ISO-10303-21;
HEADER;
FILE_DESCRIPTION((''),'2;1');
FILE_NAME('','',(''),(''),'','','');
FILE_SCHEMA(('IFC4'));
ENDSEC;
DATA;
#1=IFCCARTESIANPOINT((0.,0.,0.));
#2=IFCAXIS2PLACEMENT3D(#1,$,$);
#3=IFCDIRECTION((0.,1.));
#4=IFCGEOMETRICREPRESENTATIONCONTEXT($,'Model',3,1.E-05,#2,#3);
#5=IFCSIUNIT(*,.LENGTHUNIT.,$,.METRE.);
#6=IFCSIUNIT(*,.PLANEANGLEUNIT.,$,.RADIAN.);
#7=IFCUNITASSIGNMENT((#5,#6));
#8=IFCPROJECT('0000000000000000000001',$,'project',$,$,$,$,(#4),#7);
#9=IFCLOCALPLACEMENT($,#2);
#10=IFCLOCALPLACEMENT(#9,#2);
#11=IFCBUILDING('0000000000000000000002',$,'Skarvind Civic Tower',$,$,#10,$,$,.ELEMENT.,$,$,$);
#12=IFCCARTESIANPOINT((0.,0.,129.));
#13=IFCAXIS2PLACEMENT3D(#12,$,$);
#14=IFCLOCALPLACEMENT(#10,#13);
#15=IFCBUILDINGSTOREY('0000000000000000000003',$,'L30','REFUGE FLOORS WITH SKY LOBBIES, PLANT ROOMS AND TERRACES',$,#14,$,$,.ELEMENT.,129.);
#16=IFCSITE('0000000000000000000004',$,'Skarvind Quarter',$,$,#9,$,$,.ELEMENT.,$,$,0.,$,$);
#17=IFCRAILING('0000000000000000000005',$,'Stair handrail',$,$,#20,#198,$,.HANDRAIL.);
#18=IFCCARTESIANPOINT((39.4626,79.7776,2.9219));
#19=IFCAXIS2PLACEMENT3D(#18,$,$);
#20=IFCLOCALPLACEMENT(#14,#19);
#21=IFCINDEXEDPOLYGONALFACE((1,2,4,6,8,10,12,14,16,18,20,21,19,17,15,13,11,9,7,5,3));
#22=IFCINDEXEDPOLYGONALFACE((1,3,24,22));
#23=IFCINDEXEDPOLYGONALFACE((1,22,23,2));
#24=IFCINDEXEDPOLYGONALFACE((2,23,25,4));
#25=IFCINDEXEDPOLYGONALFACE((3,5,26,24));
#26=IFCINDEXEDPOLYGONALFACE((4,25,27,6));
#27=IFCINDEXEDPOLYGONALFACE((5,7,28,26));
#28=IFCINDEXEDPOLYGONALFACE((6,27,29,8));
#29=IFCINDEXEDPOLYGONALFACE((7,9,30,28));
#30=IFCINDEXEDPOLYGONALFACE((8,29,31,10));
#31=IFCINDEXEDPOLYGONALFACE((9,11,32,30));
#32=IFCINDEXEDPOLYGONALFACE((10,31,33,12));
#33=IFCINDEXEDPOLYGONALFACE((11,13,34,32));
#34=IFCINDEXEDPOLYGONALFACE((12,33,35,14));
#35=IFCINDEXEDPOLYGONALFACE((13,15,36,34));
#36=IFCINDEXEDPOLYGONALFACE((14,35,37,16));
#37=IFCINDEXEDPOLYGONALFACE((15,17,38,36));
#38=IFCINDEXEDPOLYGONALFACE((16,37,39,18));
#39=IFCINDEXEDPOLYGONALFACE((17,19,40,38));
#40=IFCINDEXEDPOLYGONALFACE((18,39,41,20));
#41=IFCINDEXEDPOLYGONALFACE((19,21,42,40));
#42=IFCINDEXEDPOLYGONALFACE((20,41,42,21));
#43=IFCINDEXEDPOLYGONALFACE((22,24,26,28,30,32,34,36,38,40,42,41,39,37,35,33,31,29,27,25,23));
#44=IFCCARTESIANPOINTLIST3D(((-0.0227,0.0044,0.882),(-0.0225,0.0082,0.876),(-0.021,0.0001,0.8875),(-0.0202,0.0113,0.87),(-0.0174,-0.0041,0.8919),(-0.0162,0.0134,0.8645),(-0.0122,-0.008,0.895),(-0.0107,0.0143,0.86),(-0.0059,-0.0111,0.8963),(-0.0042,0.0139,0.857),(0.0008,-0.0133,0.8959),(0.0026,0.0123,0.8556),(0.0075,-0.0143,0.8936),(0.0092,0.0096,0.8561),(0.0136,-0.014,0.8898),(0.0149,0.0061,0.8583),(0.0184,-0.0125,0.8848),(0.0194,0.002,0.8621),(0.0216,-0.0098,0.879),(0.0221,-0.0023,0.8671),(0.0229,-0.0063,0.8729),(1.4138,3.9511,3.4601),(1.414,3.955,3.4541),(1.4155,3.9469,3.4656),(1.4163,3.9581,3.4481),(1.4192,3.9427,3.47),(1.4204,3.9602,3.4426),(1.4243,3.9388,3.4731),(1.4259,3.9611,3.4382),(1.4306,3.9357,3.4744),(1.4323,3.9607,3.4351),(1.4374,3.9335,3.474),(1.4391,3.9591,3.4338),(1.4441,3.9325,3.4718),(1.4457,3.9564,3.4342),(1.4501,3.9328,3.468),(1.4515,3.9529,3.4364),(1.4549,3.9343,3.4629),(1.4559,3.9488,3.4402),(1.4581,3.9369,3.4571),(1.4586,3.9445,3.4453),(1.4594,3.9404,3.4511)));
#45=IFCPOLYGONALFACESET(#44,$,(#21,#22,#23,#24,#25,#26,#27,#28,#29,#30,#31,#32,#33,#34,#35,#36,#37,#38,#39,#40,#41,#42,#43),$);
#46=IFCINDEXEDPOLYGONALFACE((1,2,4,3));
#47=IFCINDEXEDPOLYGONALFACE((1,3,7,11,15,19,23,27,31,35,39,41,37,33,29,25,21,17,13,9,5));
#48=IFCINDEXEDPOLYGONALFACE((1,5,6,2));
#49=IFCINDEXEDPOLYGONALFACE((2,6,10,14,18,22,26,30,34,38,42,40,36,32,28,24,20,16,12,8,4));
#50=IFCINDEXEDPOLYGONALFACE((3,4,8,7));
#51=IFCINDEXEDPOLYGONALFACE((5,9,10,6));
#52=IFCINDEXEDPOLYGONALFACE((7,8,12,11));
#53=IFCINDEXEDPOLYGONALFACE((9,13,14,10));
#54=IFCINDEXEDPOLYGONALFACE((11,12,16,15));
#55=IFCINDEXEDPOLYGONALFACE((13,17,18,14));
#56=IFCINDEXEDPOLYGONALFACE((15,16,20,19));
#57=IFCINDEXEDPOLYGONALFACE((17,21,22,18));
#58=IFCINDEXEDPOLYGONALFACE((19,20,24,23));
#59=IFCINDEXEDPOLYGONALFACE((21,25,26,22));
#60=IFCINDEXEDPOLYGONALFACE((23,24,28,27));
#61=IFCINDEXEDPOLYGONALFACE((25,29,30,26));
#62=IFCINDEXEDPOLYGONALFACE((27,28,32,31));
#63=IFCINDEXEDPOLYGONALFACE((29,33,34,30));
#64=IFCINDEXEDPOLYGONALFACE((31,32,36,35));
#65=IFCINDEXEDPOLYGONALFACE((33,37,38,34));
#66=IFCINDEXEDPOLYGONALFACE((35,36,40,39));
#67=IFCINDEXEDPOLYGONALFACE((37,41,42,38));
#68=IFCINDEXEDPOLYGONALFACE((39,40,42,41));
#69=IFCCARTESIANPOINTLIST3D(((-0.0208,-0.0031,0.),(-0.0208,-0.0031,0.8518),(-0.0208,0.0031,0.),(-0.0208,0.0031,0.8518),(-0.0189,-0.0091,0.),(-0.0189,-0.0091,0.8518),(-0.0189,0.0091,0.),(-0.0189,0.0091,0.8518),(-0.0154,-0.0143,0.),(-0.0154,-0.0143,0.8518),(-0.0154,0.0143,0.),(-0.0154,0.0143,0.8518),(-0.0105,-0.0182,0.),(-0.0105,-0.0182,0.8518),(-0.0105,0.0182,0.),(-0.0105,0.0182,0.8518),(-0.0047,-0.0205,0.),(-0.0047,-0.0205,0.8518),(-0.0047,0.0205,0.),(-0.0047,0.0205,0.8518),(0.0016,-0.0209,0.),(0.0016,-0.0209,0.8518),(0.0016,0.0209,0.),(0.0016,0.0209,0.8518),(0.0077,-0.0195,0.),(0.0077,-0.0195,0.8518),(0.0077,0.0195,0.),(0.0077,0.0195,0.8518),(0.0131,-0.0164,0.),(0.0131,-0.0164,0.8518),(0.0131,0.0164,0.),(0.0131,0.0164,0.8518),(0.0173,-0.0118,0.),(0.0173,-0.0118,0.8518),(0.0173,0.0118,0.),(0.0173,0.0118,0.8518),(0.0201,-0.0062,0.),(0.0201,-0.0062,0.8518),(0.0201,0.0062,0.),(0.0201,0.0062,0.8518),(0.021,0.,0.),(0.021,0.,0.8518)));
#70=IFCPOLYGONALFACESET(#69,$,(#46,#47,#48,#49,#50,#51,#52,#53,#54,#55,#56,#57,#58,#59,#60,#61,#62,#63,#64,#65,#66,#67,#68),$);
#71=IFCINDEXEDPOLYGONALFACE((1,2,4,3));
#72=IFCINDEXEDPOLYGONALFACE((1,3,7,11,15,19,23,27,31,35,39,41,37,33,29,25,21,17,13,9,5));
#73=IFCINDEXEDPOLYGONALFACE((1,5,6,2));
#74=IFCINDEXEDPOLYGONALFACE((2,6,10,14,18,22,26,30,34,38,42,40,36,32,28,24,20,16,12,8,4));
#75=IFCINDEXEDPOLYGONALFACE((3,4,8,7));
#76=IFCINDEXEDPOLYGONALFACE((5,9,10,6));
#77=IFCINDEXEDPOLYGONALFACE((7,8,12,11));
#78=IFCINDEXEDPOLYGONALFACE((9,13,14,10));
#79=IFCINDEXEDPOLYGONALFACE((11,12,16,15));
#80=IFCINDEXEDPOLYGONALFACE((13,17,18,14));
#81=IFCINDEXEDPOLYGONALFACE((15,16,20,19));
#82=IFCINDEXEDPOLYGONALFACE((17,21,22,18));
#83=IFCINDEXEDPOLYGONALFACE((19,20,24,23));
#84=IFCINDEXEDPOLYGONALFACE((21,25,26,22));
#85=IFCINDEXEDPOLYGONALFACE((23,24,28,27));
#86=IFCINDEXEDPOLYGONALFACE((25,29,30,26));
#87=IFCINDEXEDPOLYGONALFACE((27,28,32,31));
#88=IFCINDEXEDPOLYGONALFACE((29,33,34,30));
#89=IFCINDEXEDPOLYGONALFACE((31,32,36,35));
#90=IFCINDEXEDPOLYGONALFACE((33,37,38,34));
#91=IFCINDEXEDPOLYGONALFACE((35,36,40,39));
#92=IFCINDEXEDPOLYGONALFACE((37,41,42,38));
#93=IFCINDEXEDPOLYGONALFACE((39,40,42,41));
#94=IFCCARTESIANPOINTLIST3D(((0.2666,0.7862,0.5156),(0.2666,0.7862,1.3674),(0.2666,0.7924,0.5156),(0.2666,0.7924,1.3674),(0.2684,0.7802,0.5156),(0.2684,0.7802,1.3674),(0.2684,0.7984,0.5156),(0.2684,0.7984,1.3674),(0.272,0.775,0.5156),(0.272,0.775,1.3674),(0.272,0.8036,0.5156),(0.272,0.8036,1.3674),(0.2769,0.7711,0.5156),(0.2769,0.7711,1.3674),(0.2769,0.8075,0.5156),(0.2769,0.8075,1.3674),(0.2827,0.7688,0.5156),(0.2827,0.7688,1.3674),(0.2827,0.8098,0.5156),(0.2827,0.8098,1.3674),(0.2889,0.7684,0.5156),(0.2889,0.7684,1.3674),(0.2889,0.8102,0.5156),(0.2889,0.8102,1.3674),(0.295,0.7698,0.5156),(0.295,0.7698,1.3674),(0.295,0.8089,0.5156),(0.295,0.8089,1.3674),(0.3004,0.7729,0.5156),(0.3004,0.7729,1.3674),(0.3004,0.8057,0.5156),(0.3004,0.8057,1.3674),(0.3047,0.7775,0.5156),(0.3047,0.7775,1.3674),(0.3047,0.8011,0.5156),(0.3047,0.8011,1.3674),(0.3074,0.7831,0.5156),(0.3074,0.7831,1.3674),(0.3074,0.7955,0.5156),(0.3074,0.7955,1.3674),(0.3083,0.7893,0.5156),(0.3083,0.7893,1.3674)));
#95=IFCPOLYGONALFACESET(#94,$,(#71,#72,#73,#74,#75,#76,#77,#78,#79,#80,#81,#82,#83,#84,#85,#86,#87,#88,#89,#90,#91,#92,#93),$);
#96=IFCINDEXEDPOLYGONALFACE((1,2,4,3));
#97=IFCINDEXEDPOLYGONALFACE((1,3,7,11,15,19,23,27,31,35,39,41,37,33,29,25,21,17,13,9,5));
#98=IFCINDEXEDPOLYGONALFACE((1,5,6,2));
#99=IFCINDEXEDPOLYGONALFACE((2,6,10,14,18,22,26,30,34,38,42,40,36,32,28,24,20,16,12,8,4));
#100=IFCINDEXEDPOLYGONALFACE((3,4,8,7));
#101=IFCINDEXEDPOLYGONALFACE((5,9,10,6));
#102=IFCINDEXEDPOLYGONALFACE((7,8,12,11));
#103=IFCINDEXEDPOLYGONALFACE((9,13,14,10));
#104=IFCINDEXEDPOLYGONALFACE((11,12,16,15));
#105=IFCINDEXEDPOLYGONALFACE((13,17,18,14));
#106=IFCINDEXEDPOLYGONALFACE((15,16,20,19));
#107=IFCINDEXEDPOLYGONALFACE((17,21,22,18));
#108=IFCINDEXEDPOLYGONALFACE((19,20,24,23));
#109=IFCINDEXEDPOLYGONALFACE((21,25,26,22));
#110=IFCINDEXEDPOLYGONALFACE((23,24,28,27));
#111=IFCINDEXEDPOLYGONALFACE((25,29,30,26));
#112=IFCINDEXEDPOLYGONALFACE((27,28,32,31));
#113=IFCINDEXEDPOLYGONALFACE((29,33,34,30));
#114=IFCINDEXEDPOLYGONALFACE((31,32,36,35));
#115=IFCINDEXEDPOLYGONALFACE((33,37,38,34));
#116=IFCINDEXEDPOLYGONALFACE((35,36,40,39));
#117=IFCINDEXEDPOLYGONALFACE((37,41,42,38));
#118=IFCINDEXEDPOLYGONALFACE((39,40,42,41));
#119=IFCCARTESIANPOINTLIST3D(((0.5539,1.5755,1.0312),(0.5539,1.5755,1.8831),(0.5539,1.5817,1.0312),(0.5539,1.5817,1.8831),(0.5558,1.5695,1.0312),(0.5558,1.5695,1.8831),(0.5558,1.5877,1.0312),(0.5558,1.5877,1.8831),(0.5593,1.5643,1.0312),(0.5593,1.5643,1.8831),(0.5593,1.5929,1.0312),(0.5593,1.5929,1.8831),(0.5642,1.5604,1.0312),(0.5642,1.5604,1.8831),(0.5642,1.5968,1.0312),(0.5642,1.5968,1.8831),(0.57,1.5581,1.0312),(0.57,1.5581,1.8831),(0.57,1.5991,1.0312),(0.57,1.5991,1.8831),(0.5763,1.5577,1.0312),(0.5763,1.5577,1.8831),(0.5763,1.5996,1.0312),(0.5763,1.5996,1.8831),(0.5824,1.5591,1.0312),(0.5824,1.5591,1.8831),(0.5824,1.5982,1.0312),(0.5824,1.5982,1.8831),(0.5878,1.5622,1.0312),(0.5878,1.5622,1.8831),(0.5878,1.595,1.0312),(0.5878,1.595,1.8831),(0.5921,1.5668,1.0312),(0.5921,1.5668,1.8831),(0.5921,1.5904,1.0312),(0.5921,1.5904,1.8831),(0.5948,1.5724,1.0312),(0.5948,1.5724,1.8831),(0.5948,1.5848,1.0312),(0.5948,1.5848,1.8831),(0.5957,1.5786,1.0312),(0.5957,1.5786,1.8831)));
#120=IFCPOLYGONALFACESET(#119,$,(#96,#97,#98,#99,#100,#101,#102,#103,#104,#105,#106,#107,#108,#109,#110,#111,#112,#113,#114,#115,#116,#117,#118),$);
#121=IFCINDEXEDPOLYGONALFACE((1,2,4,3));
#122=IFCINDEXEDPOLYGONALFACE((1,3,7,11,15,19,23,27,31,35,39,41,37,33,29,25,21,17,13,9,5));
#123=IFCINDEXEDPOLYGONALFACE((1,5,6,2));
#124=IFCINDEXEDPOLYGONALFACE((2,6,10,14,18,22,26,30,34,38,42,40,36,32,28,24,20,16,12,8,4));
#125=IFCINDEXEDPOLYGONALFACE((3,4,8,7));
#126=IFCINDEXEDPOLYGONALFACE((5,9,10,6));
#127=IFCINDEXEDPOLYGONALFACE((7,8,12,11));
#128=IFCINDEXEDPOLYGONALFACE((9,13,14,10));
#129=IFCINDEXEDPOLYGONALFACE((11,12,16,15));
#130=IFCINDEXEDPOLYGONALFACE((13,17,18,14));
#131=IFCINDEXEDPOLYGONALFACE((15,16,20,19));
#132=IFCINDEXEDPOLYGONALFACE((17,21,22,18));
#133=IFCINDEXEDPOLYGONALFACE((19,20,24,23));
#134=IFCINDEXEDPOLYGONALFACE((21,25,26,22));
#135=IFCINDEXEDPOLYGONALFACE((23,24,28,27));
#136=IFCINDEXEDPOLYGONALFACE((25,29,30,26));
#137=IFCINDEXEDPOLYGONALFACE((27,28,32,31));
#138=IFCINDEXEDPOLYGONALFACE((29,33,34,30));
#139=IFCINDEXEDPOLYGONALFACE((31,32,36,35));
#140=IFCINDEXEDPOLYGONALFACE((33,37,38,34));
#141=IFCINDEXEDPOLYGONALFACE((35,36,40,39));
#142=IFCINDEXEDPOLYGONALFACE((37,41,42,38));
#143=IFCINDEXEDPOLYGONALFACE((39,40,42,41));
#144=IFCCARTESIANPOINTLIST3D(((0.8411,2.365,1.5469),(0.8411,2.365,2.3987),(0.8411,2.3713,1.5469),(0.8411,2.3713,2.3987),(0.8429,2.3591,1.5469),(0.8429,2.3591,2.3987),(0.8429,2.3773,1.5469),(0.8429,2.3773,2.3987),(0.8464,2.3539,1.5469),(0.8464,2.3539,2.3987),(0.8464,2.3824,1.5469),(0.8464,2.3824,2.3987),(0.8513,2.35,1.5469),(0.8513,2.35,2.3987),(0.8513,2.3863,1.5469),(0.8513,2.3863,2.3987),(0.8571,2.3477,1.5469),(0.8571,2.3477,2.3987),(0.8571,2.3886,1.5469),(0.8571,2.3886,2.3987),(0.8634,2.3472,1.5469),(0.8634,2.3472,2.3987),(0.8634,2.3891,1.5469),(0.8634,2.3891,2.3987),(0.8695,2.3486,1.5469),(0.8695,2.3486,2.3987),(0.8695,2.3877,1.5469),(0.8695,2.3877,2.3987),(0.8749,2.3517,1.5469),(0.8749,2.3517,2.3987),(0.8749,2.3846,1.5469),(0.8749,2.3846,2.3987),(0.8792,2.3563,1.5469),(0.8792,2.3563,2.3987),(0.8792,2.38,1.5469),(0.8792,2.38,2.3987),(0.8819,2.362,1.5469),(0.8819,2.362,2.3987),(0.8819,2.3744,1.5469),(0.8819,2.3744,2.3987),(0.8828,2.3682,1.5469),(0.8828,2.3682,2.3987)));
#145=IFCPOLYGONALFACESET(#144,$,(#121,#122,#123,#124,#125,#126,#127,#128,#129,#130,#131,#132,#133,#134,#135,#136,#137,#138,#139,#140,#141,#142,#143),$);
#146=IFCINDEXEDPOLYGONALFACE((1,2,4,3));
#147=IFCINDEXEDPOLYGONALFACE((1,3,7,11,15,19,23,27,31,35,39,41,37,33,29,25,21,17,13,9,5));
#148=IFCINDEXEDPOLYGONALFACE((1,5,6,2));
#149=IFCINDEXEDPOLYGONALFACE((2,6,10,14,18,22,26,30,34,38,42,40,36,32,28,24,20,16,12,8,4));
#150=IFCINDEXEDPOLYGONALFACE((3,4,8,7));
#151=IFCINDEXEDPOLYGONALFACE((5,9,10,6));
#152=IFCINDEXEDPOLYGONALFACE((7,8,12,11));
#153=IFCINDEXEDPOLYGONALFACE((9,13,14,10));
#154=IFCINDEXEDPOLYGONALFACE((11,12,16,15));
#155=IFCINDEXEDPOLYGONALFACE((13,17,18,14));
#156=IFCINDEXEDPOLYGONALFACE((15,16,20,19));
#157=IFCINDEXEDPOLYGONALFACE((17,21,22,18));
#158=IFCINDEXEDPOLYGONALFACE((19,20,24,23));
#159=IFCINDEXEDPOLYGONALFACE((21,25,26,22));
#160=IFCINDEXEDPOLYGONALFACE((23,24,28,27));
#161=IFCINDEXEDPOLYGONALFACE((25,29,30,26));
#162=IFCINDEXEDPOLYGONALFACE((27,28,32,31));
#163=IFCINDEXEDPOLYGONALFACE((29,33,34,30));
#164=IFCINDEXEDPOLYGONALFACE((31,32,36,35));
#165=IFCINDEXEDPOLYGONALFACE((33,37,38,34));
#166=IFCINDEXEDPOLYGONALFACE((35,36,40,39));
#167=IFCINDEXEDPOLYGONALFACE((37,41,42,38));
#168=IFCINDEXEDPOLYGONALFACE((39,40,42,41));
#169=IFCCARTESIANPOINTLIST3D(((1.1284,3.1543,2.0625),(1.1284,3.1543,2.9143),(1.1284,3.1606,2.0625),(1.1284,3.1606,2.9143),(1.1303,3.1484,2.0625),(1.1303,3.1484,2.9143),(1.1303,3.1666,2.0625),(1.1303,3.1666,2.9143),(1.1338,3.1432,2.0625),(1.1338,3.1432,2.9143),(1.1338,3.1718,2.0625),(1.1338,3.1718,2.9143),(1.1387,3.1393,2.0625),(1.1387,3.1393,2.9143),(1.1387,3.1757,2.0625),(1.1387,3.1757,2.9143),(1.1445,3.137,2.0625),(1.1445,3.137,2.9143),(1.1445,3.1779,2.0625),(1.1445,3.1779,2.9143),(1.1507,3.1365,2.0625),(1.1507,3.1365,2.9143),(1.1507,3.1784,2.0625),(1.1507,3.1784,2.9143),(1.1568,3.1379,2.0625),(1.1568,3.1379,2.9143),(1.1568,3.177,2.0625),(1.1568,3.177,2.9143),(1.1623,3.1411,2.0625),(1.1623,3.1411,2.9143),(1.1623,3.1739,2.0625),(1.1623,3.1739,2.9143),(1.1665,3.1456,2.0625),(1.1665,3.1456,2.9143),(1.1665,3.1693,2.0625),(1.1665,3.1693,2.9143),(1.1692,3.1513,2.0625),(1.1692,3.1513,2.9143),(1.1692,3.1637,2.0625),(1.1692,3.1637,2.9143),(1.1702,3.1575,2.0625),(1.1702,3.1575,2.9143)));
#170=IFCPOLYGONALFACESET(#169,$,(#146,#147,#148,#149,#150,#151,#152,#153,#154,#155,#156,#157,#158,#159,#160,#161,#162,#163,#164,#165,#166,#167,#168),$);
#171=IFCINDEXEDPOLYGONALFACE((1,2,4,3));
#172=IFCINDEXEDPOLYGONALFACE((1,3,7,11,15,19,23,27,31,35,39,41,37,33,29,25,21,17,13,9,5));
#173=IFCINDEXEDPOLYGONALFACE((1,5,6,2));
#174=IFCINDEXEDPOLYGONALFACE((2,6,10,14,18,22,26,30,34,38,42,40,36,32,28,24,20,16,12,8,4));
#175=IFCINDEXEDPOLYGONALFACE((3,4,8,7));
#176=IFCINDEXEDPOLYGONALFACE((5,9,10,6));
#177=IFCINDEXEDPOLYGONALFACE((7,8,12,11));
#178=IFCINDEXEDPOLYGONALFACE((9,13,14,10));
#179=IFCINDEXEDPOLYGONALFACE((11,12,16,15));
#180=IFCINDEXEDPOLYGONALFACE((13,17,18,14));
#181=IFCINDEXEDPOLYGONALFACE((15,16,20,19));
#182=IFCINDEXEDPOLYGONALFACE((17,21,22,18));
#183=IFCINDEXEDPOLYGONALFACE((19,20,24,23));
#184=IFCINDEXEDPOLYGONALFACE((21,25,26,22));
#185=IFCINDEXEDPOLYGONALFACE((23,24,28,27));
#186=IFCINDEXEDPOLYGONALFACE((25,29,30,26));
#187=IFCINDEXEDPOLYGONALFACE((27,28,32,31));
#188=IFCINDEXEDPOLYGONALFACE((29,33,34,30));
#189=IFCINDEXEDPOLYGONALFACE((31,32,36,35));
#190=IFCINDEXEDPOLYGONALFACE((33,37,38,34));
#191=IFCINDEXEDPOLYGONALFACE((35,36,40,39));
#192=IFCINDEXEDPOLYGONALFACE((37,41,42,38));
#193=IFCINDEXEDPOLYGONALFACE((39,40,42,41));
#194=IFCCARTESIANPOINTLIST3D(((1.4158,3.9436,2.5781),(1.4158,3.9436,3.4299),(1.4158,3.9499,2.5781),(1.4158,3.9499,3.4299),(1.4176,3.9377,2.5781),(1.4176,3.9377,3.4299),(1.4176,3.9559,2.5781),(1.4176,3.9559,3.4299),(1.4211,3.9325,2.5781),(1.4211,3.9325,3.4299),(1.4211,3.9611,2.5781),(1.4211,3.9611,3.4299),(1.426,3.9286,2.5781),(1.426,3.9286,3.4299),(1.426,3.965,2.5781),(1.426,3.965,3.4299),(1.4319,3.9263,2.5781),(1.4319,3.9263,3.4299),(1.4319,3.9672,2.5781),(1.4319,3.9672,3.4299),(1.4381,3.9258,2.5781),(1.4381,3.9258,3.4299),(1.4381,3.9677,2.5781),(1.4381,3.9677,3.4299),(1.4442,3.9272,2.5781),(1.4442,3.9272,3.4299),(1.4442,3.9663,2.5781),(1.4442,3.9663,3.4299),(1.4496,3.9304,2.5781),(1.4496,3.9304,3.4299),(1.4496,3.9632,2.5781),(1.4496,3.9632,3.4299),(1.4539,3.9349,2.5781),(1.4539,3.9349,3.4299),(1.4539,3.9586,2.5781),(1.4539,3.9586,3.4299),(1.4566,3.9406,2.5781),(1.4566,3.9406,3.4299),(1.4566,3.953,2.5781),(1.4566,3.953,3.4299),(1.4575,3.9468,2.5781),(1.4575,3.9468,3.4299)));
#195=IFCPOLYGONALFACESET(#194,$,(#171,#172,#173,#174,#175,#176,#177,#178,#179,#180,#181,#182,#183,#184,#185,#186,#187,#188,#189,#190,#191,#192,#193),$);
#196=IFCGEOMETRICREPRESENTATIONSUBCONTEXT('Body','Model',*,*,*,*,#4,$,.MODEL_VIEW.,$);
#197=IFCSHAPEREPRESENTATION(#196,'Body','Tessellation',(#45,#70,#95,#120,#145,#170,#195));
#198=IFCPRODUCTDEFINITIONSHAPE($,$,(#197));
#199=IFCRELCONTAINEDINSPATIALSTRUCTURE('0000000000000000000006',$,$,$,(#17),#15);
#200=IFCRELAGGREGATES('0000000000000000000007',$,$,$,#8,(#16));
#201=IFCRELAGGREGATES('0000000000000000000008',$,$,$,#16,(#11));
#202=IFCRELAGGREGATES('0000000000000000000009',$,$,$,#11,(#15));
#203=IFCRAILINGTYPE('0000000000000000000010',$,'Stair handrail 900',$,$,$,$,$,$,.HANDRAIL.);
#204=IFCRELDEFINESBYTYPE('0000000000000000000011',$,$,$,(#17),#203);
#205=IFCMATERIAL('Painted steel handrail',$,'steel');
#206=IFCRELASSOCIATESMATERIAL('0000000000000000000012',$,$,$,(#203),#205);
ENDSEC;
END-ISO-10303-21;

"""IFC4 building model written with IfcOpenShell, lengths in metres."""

from ifc_helpers import new_model, si_unit, direction, frame, origin, origin_2d, place, context, subcontext, project, spatial, circle, extrude, material, type_object, element, save


model = new_model("IFC4")

# Units and contexts
model_context = context("Model", 3, precision=1e-05, world=origin(), true_north=direction((0.0, 1.0)))
body_context = subcontext(model_context, "Body", "Model", "MODEL_VIEW")
ifc_project = project(units=[si_unit("LENGTHUNIT", "METRE"), si_unit("PLANEANGLEUNIT", "RADIAN")], contexts=[model_context])

# Site, building, storey
site_placement = place(None, origin())
site = spatial("IfcSite", under=ifc_project, at=site_placement, Name="Skarvind Quarter", CompositionType="ELEMENT", RefElevation=0.0)
building_placement = place(site_placement, origin())
building = spatial("IfcBuilding", under=site, at=building_placement, Name="Skarvind Civic Tower", CompositionType="ELEMENT")
storey_placement = place(building_placement, frame((0.0, 0.0, 129.0)))
storey = spatial("IfcBuildingStorey", under=building, at=storey_placement, Name="L30", Description="REFUGE FLOORS WITH SKY LOBBIES, PLANT ROOMS AND TERRACES", CompositionType="ELEMENT", Elevation=129.0)

# Railing
ifc_material_1 = material(Name="Painted steel handrail", Category="steel")
railing_type = type_object("IfcRailingType", Name="Stair handrail 900", PredefinedType="HANDRAIL", material=ifc_material_1)
railing_placement = place(storey_placement, frame((39.4626, 79.7776, 2.9219)))
element("IfcRailing", 1, at=railing_placement, inside=storey, type_object=railing_type, Name="Stair handrail", PredefinedType="HANDRAIL", context=body_context, shape_type="SweptSolid", body=[
    extrude(circle(Radius=0.0239, at=origin_2d()), frame((0.0, 0.0, 0.876), z_axis=(0.291489, 0.800852, 0.523135), x_axis=(-0.939692, 0.342023, 0.0)), (0.0, 0.0, 1.0), 4.9282),
    extrude(circle(Radius=0.021, at=origin_2d()), origin(), (0.0, 0.0, 1.0), 0.8518),
    extrude(circle(Radius=0.021, at=origin_2d()), frame((0.2874, 0.7893, 0.5156)), (0.0, 0.0, 1.0), 0.8518),
    extrude(circle(Radius=0.021, at=origin_2d()), frame((0.5747, 1.5786, 1.0312)), (0.0, 0.0, 1.0), 0.8518),
    extrude(circle(Radius=0.021, at=origin_2d()), frame((0.8618, 2.3682, 1.5469)), (0.0, 0.0, 1.0), 0.8518),
    extrude(circle(Radius=0.021, at=origin_2d()), frame((1.1492, 3.1575, 2.0625)), (0.0, 0.0, 1.0), 0.8518),
    extrude(circle(Radius=0.021, at=origin_2d()), frame((1.4365, 3.9468, 2.5781)), (0.0, 0.0, 1.0), 0.8518),
])

save(model, "model.ifc")
